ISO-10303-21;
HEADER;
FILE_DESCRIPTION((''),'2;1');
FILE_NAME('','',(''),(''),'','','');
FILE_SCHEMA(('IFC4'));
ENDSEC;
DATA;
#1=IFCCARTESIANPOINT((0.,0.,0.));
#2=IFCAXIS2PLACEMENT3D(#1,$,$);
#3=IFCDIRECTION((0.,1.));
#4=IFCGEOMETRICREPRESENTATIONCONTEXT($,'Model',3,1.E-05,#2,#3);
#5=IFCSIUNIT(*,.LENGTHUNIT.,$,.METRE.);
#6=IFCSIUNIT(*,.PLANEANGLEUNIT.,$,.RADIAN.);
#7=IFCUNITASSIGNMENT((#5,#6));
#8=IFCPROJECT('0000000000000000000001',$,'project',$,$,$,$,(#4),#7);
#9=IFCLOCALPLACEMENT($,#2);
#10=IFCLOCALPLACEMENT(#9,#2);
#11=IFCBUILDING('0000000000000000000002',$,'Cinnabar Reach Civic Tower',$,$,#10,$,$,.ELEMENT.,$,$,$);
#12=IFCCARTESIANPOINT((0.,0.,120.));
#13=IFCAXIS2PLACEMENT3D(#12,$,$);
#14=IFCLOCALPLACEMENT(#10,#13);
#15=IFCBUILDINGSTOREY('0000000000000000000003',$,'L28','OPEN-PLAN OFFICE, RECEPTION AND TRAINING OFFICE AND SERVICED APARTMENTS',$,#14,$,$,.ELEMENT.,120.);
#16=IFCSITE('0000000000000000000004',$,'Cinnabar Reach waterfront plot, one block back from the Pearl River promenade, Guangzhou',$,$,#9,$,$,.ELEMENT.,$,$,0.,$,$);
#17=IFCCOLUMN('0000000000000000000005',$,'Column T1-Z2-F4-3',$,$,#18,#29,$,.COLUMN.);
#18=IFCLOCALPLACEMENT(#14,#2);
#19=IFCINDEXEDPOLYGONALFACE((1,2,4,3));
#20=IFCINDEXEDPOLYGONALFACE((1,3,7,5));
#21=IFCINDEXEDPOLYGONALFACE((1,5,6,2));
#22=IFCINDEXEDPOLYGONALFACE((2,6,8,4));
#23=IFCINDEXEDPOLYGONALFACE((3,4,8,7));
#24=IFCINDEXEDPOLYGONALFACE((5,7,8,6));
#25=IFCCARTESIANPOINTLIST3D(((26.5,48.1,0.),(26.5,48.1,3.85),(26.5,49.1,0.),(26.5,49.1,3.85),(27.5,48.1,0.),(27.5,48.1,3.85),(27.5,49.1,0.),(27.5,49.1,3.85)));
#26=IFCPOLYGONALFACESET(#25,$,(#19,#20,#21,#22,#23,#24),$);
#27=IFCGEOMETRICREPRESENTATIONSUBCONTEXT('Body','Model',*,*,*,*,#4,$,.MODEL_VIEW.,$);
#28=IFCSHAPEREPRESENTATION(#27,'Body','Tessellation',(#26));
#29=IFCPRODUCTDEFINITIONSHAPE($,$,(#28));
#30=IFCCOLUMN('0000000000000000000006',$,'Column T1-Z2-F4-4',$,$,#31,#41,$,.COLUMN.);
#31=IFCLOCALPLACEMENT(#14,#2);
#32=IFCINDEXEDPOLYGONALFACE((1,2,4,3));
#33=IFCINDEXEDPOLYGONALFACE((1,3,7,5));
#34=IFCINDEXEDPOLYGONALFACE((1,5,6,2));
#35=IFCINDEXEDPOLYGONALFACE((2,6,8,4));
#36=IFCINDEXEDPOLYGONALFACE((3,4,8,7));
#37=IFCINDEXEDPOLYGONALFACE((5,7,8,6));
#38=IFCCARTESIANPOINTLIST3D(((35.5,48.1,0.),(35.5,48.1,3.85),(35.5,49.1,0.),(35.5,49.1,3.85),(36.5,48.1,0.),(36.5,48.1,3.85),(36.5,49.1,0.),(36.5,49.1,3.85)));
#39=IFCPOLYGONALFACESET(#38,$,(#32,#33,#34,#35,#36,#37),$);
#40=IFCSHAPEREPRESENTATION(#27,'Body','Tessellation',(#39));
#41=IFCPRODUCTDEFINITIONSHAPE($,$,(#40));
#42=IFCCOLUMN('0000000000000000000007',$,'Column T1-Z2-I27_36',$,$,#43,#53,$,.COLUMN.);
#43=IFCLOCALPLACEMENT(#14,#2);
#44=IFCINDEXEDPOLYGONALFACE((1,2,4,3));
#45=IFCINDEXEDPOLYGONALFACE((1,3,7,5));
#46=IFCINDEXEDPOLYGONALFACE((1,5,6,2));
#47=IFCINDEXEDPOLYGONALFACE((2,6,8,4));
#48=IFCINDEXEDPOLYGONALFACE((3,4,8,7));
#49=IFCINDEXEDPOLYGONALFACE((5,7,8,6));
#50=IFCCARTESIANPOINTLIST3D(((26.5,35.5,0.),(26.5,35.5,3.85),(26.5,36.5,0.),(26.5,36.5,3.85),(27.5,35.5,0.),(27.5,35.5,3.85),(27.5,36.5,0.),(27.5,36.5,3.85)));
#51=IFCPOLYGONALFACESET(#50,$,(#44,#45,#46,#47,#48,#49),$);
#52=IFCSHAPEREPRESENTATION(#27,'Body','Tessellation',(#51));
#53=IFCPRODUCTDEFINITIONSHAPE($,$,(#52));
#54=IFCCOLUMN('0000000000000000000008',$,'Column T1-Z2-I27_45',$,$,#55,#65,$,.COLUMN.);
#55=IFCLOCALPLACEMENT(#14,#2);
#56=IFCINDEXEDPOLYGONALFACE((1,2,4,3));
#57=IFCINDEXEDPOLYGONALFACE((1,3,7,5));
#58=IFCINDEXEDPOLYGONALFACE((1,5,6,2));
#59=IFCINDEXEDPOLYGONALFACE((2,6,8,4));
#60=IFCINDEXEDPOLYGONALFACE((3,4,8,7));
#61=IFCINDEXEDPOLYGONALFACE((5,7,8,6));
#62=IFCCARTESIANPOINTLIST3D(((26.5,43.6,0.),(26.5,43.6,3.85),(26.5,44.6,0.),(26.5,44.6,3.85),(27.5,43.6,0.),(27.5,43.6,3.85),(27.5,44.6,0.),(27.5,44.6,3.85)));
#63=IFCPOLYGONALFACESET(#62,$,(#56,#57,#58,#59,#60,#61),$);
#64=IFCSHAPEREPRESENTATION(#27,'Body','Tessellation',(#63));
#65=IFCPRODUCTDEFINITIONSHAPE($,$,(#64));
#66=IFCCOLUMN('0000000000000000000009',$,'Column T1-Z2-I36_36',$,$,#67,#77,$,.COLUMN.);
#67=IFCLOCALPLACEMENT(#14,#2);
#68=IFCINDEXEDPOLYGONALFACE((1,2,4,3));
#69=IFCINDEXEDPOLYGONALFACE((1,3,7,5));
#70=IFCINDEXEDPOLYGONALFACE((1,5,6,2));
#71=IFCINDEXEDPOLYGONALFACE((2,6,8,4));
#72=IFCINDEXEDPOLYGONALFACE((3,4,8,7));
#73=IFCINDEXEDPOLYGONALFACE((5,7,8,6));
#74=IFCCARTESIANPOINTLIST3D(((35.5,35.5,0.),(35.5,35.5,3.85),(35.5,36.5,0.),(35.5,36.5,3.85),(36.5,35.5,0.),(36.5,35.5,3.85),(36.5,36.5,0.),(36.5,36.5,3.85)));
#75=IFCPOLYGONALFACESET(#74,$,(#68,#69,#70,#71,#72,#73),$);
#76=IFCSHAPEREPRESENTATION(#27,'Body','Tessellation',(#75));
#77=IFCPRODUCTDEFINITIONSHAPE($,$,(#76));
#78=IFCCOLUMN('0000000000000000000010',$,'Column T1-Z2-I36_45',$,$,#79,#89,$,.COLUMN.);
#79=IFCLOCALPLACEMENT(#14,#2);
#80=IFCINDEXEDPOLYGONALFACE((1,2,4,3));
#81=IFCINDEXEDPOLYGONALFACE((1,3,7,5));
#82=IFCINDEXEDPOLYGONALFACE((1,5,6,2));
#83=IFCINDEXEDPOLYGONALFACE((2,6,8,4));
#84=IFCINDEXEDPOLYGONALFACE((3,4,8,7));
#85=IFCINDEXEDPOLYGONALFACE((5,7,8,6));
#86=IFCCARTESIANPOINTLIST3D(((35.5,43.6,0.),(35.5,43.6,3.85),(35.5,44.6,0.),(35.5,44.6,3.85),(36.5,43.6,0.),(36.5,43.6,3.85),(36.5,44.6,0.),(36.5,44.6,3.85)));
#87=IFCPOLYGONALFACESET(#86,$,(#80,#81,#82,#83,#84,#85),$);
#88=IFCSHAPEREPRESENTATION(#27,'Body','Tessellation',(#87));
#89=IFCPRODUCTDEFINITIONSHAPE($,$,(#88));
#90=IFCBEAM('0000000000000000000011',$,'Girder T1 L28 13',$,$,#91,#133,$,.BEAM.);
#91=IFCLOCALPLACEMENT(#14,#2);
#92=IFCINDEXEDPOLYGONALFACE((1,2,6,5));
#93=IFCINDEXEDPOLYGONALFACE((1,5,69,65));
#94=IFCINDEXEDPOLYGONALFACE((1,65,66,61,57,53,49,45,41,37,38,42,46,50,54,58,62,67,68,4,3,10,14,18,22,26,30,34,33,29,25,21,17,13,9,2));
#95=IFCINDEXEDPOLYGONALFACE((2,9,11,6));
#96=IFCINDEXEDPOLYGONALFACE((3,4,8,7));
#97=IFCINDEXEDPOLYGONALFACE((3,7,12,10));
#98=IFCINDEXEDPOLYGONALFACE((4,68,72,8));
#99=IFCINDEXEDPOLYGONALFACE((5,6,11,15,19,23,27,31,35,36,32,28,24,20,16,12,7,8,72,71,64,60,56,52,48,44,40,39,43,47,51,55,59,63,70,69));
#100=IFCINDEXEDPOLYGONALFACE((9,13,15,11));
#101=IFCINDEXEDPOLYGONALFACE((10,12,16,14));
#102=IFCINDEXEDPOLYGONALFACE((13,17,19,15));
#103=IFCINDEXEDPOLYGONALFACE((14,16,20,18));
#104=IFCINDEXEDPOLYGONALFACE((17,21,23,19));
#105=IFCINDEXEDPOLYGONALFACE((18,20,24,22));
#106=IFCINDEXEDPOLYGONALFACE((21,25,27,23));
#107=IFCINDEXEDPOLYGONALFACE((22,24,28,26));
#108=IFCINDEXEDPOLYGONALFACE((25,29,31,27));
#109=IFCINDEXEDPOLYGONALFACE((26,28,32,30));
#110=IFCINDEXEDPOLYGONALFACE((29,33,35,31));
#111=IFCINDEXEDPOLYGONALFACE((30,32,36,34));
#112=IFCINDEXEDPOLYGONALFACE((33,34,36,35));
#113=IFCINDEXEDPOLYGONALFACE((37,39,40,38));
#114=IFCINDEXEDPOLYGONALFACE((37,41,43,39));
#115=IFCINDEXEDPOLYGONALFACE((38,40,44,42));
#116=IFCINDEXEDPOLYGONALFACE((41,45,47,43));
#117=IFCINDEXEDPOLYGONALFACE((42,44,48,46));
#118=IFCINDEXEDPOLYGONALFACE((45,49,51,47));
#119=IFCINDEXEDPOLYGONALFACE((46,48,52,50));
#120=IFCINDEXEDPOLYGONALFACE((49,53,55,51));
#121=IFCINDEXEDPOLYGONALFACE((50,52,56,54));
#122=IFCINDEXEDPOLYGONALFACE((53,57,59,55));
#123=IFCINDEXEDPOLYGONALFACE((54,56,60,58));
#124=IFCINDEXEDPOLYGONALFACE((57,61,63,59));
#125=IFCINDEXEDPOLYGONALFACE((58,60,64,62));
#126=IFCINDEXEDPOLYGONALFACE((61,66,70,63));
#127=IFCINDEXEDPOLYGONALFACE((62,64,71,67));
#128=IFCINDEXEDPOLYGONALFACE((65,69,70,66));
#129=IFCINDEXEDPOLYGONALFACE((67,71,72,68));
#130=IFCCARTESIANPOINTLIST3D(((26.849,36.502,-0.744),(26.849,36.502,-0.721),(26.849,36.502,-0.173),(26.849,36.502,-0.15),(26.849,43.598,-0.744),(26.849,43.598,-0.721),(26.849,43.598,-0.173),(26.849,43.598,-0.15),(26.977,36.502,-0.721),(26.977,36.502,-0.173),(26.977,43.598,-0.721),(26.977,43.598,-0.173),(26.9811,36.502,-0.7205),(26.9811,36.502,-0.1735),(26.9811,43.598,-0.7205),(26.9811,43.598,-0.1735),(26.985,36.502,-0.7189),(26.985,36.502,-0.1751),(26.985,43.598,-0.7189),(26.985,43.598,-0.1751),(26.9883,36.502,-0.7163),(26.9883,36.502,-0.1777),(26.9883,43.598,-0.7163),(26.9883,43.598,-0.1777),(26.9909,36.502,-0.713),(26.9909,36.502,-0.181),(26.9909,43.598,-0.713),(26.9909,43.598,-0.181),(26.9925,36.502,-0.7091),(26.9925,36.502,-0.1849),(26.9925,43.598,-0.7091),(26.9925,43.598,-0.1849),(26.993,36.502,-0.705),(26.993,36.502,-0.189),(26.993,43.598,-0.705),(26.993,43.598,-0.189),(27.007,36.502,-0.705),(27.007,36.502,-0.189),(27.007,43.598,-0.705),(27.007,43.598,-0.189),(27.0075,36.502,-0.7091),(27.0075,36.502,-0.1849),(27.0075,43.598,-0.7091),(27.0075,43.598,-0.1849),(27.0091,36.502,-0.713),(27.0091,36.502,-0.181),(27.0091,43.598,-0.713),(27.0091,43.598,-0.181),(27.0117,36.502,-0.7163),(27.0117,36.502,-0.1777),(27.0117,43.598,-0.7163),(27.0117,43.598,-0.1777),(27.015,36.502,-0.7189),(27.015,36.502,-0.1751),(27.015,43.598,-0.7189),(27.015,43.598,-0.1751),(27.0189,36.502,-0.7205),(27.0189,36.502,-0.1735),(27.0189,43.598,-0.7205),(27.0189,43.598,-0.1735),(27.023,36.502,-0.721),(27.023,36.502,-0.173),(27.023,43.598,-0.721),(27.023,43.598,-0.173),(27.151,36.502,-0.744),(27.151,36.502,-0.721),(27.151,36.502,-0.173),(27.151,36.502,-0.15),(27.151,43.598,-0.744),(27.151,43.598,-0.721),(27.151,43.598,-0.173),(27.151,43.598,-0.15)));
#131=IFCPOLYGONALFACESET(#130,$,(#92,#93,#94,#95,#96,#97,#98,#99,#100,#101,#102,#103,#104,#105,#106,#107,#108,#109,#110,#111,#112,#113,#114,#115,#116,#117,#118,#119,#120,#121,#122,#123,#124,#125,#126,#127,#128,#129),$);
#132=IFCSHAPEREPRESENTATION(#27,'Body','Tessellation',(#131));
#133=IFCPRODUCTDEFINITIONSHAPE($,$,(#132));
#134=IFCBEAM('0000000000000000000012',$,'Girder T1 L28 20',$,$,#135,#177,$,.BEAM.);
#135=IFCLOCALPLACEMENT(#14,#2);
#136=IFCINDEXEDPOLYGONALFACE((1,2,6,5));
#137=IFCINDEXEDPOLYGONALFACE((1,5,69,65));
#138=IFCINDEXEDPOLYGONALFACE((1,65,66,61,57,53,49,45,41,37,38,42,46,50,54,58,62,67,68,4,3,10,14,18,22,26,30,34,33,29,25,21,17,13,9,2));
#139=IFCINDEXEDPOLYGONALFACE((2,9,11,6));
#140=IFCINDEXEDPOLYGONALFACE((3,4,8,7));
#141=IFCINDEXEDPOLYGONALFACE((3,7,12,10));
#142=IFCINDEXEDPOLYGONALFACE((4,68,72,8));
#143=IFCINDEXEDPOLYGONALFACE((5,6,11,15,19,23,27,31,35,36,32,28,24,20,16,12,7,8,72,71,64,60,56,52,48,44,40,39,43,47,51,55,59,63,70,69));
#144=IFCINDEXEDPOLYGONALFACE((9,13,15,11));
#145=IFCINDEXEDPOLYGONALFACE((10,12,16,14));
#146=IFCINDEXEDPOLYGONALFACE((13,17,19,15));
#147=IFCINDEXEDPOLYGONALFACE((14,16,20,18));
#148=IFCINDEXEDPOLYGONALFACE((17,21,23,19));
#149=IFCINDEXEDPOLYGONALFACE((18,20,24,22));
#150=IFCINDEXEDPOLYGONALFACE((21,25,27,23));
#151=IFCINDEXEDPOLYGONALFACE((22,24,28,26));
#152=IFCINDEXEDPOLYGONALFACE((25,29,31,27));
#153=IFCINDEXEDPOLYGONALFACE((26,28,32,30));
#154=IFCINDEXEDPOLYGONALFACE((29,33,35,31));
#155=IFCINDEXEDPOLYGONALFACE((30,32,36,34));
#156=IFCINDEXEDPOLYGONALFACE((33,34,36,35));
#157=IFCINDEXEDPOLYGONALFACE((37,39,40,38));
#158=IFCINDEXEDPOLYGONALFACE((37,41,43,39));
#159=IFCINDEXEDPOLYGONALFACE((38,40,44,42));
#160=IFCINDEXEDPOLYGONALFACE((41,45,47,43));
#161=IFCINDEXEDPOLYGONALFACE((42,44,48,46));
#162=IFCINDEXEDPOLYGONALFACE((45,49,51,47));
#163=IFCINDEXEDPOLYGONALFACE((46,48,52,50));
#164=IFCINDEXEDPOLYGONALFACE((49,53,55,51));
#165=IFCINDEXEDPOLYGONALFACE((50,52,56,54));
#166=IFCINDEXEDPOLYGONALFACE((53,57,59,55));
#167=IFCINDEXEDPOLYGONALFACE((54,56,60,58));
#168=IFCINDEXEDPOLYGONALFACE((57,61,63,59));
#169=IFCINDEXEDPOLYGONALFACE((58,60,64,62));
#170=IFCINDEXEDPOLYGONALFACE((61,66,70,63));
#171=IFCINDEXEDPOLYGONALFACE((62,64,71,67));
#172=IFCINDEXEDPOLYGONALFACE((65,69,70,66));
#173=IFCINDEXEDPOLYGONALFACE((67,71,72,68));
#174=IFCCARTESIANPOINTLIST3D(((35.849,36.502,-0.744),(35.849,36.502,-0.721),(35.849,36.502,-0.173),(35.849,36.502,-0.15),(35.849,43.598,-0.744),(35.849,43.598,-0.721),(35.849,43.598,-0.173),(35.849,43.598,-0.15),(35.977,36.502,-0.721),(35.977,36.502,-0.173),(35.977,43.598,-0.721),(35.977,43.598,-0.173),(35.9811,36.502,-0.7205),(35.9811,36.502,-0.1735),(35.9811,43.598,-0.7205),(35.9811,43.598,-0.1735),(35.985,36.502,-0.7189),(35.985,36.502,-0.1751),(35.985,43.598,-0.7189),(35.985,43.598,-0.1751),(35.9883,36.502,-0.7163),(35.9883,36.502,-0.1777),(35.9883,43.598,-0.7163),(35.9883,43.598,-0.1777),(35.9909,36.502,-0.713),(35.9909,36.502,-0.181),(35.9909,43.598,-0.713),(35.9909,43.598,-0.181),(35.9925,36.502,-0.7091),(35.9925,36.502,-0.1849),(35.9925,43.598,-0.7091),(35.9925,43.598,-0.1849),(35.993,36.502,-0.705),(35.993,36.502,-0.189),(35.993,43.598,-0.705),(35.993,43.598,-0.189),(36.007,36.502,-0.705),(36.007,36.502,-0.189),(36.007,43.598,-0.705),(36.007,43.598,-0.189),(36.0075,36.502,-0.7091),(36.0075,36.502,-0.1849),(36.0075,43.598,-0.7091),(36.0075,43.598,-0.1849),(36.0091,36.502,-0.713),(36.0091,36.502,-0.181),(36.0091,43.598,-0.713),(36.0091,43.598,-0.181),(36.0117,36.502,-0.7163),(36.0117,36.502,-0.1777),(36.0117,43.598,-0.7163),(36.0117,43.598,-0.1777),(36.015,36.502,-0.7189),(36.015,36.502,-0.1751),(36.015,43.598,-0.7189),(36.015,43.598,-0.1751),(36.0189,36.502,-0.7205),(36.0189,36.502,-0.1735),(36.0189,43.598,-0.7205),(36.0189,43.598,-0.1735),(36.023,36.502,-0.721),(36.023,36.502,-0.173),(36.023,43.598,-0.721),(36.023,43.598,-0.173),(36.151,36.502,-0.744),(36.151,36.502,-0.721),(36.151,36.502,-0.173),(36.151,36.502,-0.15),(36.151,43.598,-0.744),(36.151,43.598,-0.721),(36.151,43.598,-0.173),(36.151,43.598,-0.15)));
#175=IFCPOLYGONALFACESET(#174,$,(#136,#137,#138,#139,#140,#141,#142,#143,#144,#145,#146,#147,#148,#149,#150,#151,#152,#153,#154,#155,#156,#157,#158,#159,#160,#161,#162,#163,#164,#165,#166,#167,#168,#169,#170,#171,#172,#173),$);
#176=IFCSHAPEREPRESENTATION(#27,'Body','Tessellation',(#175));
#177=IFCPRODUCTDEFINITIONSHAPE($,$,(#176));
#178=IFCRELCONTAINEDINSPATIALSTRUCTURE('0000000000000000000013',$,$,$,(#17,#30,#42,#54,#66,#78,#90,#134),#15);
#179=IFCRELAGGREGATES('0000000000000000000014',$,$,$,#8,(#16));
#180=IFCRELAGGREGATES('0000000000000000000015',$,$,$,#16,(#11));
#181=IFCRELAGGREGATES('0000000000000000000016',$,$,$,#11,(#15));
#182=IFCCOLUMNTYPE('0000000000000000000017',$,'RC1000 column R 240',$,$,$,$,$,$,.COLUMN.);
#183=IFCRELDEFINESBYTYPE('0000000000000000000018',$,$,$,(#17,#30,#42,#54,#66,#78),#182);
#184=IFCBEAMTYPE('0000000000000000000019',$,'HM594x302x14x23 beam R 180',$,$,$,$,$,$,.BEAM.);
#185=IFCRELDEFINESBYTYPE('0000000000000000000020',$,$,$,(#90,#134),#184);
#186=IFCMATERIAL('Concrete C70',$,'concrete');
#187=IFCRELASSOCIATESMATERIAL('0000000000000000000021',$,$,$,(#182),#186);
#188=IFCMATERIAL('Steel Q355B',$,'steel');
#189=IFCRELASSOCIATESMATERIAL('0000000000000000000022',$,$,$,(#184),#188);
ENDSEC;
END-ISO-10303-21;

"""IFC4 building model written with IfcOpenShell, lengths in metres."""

from ifc_helpers import new_model, si_unit, direction, frame, origin, origin_2d, place, context, subcontext, project, spatial, rectangle, i_section, extrude, material, material_profile, profile_set, type_object, element, save


model = new_model("IFC4")

# Units and contexts
model_context = context("Model", 3, precision=1e-05, world=origin(), true_north=direction((0.0, 1.0)))
body_context = subcontext(model_context, "Body", "Model", "MODEL_VIEW")
ifc_project = project(units=[si_unit("LENGTHUNIT", "METRE"), si_unit("PLANEANGLEUNIT", "RADIAN")], contexts=[model_context])

# Site, building, storey
site_placement = place(None, origin())
site = spatial("IfcSite", under=ifc_project, at=site_placement, Name="Cinnabar Reach waterfront plot, one block back from the Pearl River promenade, Guangzhou", CompositionType="ELEMENT", RefElevation=0.0)
building_placement = place(site_placement, origin())
building = spatial("IfcBuilding", under=site, at=building_placement, Name="Cinnabar Reach Civic Tower", CompositionType="ELEMENT")
storey_placement = place(building_placement, frame((0.0, 0.0, 120.0)))
storey = spatial("IfcBuildingStorey", under=building, at=storey_placement, Name="L28", Description="OPEN-PLAN OFFICE, RECEPTION AND TRAINING OFFICE AND SERVICED APARTMENTS", CompositionType="ELEMENT", Elevation=120.0)

# Columns
ifc_material_1 = material(Name="Concrete C70", Category="concrete")
ifc_material_profile_1 = material_profile(ifc_material_1, rectangle(XDim=1.0, YDim=1.0, at=origin_2d()), Name="RC1000")
ifc_profile_set_1 = profile_set([ifc_material_profile_1], Name="Concrete C70")
column_type = type_object("IfcColumnType", Name="RC1000 column R 240", PredefinedType="COLUMN", material=ifc_profile_set_1)
for number, where, z_axis, x_axis, name in (
    (1, (27.0, 48.6, 0.0), (0.0, 0.0, 1.0), (1.0, 0.0, 0.0), "Column T1-Z2-F4-3"),
    (2, (36.0, 48.6, 0.0), (0.0, 0.0, 1.0), (1.0, 0.0, 0.0), "Column T1-Z2-F4-4"),
    (3, (27.0, 36.0, 0.0), (0.0, 0.0, 1.0), (1.0, 0.0, 0.0), "Column T1-Z2-I27_36"),
    (4, (27.0, 44.1, 0.0), (0.0, 0.0, 1.0), (1.0, 0.0, 0.0), "Column T1-Z2-I27_45"),
    (5, (36.0, 36.0, 0.0), (0.0, 0.0, 1.0), (1.0, 0.0, 0.0), "Column T1-Z2-I36_36"),
    (6, (36.0, 44.1, 0.0), (0.0, 0.0, 1.0), (1.0, 0.0, 0.0), "Column T1-Z2-I36_45"),
):
    element("IfcColumn", number, at=place(storey_placement, frame(where, z_axis=z_axis, x_axis=x_axis)), inside=storey, type_object=column_type, Name=name, PredefinedType="COLUMN", context=body_context, shape_type="SweptSolid", body=[
        extrude(rectangle(XDim=1.0, YDim=1.0, at=origin_2d()), origin(), (0.0, 0.0, 1.0), 3.85),
    ])

# Beams
ifc_material_2 = material(Name="Steel Q355B", Category="steel")
ifc_material_profile_2 = material_profile(ifc_material_2, i_section(OverallWidth=0.302, OverallDepth=0.594, WebThickness=0.014, FlangeThickness=0.023, FilletRadius=0.016, at=origin_2d()), Name="HM594x302x14x23")
ifc_profile_set_2 = profile_set([ifc_material_profile_2], Name="Steel Q355B")
beam_type_1 = type_object("IfcBeamType", Name="HM594x302x14x23 beam R 180", PredefinedType="BEAM", material=ifc_profile_set_2)
for number, where, z_axis, x_axis, name in (
    (7, (27.0, 36.502, -0.447), (0.0, 1.0, 0.0), (-1.0, 0.0, 0.0), "Girder T1 L28 13"),
    (8, (36.0, 36.502, -0.447), (0.0, 1.0, 0.0), (-1.0, 0.0, 0.0), "Girder T1 L28 20"),
):
    element("IfcBeam", number, at=place(storey_placement, frame(where, z_axis=z_axis, x_axis=x_axis)), inside=storey, type_object=beam_type_1, Name=name, PredefinedType="BEAM", context=body_context, shape_type="SweptSolid", body=[
        extrude(i_section(OverallWidth=0.302, OverallDepth=0.594, WebThickness=0.014, FlangeThickness=0.023, FilletRadius=0.016, at=origin_2d()), origin(), (0.0, 0.0, 1.0), 7.096),
    ])

save(model, "model.ifc")
